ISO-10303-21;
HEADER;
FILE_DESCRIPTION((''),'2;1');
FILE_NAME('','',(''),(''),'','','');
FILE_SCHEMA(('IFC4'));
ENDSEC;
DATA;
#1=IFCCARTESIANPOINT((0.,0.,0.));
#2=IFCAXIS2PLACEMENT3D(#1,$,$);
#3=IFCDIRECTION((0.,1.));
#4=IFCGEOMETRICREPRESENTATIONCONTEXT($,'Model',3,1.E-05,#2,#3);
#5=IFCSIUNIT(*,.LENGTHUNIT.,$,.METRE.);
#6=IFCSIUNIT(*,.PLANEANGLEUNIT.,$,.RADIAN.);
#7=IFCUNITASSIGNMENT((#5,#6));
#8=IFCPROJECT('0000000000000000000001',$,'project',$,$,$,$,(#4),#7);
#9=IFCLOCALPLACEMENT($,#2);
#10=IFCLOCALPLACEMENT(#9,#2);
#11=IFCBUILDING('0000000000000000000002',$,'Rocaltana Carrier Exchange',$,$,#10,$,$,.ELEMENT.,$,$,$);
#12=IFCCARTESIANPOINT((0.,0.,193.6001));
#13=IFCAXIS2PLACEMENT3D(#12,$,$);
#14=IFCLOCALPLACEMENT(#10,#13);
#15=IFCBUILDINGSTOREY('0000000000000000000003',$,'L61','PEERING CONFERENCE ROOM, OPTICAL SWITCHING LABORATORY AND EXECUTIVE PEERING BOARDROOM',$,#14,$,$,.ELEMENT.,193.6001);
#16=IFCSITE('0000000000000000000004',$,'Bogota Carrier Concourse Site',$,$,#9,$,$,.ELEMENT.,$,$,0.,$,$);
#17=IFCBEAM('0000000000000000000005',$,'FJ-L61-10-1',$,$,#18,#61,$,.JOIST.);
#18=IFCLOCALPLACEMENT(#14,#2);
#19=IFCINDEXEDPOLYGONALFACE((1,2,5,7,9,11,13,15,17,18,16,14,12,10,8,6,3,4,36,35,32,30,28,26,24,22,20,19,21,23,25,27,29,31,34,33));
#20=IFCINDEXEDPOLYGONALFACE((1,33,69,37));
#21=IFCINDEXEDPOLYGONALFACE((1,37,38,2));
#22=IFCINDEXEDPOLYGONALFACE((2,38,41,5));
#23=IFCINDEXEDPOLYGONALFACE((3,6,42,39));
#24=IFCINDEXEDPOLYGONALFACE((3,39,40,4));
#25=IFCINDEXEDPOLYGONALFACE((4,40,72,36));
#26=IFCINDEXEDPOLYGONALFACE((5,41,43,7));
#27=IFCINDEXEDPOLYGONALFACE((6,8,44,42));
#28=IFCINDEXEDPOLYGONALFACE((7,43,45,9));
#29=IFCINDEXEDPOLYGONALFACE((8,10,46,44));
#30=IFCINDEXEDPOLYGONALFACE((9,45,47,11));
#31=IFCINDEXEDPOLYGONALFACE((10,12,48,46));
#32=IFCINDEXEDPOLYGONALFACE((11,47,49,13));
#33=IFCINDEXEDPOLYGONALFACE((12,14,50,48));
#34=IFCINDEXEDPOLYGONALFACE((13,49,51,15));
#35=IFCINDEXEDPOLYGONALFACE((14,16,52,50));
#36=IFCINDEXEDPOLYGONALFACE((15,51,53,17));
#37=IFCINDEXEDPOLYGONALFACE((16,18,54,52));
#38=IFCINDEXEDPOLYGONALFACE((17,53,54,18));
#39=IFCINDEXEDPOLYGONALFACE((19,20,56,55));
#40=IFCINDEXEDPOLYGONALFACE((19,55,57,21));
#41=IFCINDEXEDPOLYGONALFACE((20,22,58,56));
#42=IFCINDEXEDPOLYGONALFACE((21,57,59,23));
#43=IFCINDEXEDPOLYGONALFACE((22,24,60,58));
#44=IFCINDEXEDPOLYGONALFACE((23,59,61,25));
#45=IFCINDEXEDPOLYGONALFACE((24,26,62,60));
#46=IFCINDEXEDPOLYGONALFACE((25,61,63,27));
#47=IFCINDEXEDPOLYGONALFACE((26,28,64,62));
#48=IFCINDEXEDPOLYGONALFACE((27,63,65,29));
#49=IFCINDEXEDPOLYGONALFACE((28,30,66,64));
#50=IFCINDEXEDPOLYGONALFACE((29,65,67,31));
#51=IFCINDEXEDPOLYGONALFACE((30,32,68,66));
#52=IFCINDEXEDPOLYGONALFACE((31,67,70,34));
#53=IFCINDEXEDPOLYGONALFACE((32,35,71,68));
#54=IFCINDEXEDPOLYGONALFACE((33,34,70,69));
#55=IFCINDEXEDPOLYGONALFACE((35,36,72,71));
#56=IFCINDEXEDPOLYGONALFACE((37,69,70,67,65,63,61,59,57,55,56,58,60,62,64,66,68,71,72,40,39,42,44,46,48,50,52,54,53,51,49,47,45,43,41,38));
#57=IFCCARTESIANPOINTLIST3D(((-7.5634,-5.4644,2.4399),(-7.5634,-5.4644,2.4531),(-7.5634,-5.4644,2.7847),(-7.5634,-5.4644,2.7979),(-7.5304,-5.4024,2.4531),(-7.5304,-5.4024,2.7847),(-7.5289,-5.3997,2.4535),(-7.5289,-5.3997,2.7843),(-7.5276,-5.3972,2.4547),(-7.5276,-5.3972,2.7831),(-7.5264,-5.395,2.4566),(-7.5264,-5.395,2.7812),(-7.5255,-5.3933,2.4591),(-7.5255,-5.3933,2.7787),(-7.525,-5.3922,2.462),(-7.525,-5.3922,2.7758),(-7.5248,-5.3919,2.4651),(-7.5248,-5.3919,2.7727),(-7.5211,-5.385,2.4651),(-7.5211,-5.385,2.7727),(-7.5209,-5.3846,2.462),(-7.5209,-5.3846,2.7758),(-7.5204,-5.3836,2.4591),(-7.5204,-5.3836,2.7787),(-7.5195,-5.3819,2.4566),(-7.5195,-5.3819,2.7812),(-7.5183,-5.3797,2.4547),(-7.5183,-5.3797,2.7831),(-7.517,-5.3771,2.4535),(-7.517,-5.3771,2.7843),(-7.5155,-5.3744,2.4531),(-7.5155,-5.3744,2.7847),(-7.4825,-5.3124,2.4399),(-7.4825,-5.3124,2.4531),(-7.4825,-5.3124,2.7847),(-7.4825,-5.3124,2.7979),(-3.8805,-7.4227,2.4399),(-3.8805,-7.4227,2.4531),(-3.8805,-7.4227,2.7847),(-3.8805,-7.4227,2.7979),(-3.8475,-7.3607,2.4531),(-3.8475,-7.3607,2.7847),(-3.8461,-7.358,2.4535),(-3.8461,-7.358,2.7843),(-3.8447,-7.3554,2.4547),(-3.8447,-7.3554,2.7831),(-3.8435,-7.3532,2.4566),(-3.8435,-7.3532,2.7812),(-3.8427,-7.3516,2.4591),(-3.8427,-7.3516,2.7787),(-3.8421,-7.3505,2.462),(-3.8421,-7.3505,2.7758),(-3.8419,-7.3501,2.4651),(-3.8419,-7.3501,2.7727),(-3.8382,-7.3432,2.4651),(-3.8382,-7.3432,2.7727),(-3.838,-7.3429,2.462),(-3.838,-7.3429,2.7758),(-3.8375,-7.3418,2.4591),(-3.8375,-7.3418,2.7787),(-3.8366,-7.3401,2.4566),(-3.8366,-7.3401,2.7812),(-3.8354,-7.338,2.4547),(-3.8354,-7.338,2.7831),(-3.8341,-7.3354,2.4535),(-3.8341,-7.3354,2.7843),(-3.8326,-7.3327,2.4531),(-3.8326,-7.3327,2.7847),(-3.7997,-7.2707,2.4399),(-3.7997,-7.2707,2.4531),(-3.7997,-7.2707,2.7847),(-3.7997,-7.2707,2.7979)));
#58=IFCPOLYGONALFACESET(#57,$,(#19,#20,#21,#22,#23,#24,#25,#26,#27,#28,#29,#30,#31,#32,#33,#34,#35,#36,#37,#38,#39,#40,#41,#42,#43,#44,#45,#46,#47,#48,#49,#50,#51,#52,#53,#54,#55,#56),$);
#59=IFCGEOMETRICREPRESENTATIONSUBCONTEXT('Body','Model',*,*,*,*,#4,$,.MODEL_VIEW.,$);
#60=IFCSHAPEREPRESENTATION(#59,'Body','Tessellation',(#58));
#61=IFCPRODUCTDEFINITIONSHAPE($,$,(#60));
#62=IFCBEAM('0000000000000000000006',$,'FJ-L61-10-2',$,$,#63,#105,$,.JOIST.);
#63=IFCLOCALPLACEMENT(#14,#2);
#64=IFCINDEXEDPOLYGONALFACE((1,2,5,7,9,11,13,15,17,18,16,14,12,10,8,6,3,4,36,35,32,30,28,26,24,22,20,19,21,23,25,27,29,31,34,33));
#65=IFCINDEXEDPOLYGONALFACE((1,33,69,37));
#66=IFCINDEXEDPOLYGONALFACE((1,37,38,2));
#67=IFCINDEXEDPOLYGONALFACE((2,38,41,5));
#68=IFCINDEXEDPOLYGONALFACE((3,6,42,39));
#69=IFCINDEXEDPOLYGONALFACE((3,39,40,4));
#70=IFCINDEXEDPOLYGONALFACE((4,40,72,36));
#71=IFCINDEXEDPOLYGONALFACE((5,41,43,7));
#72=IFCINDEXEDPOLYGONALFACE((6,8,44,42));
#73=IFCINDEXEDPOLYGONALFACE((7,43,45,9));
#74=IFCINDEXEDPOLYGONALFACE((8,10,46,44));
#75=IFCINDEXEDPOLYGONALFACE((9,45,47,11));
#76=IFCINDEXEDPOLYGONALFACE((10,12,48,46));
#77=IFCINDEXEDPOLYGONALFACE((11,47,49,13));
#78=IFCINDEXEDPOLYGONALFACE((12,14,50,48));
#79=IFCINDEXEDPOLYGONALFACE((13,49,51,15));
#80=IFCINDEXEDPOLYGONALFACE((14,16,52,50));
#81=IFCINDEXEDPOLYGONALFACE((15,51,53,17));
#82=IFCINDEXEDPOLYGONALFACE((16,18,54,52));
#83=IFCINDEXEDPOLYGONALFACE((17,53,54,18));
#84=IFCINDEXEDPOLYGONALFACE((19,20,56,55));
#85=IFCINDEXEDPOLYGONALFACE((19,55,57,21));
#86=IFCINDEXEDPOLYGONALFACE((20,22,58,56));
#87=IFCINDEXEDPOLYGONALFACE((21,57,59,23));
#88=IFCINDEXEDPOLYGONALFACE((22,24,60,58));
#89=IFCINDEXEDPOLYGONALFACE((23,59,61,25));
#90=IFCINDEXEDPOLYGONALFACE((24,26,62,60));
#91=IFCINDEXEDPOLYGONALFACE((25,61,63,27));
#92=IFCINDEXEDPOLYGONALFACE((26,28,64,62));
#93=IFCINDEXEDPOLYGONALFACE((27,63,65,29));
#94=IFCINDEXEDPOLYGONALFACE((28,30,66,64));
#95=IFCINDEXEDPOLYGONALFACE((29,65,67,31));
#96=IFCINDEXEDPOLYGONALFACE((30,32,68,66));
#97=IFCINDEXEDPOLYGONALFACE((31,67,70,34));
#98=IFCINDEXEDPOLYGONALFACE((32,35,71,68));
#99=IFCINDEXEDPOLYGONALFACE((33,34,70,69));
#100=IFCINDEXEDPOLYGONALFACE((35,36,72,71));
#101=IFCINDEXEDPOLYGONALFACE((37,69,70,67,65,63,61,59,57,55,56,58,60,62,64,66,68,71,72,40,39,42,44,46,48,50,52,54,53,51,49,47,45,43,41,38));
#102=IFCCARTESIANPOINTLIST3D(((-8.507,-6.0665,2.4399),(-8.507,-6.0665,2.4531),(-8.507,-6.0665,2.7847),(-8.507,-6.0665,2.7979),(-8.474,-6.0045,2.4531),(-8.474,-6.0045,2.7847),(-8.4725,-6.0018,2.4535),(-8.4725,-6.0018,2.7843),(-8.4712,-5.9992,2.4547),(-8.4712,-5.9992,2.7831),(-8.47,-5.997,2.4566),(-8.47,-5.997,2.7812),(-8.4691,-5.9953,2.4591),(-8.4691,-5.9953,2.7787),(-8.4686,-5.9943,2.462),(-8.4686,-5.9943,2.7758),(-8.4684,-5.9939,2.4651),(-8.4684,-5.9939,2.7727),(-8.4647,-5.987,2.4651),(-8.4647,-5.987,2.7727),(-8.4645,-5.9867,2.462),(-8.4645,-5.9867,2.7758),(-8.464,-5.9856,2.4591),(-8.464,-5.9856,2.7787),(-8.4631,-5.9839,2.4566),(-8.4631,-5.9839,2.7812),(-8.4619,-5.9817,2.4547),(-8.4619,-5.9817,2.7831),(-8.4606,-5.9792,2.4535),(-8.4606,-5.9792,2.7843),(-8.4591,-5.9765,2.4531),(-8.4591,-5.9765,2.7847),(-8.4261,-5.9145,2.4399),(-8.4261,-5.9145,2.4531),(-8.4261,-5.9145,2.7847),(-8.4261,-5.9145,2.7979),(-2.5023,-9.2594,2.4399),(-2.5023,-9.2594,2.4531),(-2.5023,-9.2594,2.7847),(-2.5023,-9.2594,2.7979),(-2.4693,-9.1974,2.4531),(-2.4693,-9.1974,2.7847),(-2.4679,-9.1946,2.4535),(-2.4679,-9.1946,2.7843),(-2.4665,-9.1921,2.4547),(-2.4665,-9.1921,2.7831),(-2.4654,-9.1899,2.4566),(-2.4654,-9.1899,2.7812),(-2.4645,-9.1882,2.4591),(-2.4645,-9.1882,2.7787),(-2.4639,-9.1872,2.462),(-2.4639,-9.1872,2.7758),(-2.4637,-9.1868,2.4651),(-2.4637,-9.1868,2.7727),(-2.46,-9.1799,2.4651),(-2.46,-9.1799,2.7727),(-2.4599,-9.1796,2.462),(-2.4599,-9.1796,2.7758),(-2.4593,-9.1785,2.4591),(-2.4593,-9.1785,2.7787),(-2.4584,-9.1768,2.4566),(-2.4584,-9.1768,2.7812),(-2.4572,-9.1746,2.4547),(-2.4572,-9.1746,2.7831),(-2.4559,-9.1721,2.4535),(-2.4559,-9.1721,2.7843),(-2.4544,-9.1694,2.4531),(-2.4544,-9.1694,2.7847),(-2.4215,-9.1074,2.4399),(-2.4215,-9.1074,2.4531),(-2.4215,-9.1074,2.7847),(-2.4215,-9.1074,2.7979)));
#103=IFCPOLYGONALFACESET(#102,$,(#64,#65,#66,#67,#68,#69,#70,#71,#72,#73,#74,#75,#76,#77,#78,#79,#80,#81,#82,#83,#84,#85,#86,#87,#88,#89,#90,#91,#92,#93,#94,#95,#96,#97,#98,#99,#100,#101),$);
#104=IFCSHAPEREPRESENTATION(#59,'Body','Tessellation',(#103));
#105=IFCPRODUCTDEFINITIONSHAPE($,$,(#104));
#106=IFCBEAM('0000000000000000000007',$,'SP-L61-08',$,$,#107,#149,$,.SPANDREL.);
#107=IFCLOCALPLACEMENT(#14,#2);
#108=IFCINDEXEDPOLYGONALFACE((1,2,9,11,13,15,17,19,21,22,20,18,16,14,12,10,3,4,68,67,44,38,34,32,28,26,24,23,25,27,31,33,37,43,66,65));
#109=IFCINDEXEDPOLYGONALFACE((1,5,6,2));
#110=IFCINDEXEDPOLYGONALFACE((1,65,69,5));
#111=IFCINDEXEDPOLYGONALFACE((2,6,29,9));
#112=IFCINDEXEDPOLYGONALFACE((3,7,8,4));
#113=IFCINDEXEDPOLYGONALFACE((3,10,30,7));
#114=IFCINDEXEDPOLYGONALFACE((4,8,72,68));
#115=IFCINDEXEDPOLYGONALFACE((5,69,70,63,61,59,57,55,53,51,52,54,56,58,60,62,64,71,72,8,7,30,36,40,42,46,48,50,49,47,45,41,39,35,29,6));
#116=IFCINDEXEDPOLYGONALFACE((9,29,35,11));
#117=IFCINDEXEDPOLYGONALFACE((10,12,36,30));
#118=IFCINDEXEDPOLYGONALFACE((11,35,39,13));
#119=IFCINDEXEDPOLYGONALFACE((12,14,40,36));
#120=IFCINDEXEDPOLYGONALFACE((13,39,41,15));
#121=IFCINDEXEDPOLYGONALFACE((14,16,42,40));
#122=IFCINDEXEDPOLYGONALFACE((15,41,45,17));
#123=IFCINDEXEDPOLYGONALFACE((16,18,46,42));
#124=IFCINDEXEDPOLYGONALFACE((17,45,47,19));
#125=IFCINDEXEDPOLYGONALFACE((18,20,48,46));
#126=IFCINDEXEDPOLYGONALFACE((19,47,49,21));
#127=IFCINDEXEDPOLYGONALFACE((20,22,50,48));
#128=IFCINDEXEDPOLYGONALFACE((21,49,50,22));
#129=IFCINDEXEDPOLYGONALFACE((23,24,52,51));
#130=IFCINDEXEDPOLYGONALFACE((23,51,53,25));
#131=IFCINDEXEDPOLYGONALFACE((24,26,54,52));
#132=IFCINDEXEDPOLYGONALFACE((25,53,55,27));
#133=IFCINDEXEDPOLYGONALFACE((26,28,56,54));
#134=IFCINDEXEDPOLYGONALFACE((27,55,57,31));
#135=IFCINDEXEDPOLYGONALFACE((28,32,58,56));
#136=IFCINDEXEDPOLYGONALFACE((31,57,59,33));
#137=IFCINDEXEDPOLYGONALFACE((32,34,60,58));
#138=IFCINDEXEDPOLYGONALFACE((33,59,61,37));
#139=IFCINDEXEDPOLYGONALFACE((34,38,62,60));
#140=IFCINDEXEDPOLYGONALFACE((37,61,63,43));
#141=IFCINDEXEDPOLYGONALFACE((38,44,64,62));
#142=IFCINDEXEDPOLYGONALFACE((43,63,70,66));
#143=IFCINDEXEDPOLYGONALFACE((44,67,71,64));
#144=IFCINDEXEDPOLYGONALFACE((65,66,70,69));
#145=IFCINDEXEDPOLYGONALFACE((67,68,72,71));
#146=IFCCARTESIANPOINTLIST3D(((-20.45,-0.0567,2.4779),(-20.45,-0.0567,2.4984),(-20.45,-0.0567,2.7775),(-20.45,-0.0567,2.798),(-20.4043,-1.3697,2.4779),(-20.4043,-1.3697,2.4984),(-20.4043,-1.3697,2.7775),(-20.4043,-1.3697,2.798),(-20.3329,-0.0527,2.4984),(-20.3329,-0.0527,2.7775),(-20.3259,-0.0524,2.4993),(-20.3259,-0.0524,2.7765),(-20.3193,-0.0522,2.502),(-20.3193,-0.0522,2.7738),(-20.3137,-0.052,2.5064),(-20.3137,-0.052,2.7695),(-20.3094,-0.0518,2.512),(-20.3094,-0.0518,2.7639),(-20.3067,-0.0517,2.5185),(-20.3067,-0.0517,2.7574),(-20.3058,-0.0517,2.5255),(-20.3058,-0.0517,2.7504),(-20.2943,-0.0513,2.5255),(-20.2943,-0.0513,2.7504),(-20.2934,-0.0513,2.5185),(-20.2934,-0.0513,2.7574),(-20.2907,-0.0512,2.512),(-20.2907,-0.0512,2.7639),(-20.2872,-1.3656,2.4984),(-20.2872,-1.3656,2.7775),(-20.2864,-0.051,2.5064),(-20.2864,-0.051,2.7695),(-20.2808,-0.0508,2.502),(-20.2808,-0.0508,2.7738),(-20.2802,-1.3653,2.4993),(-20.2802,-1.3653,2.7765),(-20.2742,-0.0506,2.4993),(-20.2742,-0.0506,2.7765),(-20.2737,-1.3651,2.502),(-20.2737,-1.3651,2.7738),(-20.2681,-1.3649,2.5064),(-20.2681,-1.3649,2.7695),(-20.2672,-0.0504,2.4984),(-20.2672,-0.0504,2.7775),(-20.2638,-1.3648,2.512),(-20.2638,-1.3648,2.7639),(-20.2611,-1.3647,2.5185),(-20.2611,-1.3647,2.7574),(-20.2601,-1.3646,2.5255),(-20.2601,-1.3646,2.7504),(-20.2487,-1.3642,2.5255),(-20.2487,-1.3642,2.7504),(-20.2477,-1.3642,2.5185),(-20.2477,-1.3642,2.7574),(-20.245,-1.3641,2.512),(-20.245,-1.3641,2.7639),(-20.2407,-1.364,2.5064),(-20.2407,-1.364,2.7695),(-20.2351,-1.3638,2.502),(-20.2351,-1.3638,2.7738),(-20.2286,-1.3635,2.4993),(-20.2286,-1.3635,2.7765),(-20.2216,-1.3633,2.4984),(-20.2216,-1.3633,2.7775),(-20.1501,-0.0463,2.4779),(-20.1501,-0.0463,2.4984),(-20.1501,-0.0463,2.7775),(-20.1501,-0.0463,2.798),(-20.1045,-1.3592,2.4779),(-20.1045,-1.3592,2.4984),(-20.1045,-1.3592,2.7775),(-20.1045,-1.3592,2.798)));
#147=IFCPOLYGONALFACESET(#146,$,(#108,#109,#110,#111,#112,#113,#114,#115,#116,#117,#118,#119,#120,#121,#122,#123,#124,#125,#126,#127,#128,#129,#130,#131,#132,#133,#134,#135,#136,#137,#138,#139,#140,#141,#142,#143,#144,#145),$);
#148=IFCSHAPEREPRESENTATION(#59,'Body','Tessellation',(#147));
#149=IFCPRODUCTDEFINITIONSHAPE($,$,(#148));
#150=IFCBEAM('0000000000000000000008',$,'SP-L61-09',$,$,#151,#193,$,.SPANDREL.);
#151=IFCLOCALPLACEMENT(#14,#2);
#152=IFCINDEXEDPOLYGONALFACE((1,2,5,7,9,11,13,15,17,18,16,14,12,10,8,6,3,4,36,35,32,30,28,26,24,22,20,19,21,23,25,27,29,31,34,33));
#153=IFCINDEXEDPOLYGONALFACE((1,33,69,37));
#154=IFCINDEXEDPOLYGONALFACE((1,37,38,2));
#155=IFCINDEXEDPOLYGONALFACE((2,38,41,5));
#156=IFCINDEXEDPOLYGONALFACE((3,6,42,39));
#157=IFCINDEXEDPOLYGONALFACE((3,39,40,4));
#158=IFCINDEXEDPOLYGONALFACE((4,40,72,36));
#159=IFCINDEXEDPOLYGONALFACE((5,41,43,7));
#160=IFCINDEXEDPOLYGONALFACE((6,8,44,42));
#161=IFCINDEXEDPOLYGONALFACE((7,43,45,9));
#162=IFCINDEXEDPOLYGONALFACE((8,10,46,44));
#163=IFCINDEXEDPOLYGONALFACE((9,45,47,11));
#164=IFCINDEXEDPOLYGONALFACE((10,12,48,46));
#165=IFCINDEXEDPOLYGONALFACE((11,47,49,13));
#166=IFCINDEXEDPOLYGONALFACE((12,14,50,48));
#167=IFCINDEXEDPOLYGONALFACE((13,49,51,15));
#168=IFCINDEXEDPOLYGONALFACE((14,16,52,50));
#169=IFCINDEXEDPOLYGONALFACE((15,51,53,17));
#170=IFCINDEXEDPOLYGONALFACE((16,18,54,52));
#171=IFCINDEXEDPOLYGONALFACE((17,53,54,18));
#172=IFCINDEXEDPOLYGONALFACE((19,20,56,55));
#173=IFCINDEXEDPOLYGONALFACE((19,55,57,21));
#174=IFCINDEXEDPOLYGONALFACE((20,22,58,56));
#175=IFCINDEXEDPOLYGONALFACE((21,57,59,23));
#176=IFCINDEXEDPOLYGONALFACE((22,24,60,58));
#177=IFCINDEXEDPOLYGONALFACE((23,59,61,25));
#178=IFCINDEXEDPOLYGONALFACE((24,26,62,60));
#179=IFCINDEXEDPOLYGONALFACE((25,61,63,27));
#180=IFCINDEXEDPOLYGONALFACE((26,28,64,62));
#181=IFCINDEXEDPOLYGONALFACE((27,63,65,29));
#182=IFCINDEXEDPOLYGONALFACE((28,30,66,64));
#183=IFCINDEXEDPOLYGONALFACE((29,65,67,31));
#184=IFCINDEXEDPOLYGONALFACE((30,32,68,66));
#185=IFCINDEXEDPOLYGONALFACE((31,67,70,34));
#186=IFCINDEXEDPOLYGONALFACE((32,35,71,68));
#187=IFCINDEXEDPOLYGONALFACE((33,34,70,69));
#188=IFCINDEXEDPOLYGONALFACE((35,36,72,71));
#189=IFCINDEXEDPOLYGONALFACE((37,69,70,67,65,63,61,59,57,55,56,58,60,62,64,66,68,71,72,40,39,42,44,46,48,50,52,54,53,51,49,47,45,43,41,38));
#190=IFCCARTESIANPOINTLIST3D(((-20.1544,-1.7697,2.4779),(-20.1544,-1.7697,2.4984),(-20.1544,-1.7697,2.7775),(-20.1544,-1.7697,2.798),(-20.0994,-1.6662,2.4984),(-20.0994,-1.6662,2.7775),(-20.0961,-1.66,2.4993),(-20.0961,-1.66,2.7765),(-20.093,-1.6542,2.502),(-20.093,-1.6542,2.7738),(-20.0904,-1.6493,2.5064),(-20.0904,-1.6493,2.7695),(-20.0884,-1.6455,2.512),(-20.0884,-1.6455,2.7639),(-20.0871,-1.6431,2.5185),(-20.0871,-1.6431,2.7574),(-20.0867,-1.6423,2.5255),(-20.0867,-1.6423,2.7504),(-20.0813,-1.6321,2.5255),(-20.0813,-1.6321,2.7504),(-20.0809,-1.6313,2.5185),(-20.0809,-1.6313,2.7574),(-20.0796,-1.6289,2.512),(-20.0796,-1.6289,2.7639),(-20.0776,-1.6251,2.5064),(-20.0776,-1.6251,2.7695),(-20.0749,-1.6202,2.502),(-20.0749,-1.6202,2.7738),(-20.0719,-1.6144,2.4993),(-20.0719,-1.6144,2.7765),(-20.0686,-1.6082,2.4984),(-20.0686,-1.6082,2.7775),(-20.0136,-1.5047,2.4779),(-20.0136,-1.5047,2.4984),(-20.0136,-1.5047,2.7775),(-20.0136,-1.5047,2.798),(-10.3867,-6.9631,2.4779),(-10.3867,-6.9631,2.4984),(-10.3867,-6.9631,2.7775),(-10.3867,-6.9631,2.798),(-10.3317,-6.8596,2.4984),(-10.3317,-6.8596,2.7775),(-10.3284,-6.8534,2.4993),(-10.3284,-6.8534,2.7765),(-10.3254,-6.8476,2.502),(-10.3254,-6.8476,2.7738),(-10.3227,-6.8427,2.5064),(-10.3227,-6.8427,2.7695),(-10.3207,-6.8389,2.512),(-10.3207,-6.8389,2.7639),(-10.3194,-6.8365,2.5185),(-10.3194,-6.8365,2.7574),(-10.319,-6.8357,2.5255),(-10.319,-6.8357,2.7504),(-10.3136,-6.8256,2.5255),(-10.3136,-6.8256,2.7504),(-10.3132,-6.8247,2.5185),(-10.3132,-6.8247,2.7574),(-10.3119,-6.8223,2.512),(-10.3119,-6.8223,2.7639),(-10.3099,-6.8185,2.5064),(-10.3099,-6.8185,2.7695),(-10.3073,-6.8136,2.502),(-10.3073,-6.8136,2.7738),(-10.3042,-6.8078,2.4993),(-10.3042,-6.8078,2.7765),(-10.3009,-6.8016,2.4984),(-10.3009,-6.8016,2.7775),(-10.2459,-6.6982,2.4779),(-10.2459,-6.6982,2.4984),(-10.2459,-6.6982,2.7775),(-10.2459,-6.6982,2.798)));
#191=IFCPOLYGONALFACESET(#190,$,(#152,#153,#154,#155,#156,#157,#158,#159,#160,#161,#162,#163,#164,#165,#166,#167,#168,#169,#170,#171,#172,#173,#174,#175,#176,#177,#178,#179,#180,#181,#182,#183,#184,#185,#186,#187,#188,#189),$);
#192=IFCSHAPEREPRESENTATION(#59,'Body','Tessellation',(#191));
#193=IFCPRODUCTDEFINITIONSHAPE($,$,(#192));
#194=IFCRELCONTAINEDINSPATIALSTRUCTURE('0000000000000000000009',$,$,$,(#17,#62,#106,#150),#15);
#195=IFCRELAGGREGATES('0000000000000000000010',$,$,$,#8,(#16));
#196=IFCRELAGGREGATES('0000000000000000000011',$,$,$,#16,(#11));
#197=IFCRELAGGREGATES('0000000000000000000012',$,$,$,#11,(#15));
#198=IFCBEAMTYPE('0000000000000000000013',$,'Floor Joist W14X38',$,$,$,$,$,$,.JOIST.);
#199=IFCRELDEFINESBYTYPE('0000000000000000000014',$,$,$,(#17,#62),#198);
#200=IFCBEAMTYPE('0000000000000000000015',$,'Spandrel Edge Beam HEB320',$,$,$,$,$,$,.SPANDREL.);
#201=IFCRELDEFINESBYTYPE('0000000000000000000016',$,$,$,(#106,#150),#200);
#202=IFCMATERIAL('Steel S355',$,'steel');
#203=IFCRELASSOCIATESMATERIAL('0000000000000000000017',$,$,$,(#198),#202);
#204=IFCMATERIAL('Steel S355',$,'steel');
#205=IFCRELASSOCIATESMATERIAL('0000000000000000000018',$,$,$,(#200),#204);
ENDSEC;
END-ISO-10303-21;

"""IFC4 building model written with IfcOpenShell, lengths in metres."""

from ifc_helpers import new_model, si_unit, direction, frame, origin, origin_2d, place, context, subcontext, project, spatial, i_section, extrude, material, material_profile, profile_set, type_object, element, save


model = new_model("IFC4")

# Units and contexts
model_context = context("Model", 3, precision=1e-05, world=origin(), true_north=direction((0.0, 1.0)))
body_context = subcontext(model_context, "Body", "Model", "MODEL_VIEW")
ifc_project = project(units=[si_unit("LENGTHUNIT", "METRE"), si_unit("PLANEANGLEUNIT", "RADIAN")], contexts=[model_context])

# Site, building, storey
site_placement = place(None, origin())
site = spatial("IfcSite", under=ifc_project, at=site_placement, Name="Bogota Carrier Concourse Site", CompositionType="ELEMENT", RefElevation=0.0)
building_placement = place(site_placement, origin())
building = spatial("IfcBuilding", under=site, at=building_placement, Name="Rocaltana Carrier Exchange", CompositionType="ELEMENT")
storey_placement = place(building_placement, frame((0.0, 0.0, 193.6001)))
storey = spatial("IfcBuildingStorey", under=building, at=storey_placement, Name="L61", Description="PEERING CONFERENCE ROOM, OPTICAL SWITCHING LABORATORY AND EXECUTIVE PEERING BOARDROOM", CompositionType="ELEMENT", Elevation=193.6001)

# Beams
ifc_material_1 = material(Name="Steel S355", Category="steel")
ifc_material_profile_1 = material_profile(ifc_material_1, i_section(OverallWidth=0.1721, OverallDepth=0.3579, WebThickness=0.0078, FlangeThickness=0.0132, FilletRadius=0.012, at=origin_2d()), Name="W14X38")
ifc_profile_set_1 = profile_set([ifc_material_profile_1], Name="Steel S355")
beam_type_1 = type_object("IfcBeamType", Name="Floor Joist W14X38", PredefinedType="JOIST", material=ifc_profile_set_1)
beam_1_placement = place(storey_placement, frame((-7.5229, -5.3884, 2.6189), z_axis=(0.882944, -0.469479, 0.0), x_axis=(0.469479, 0.882944, 0.0)))
element("IfcBeam", 1, at=beam_1_placement, inside=storey, type_object=beam_type_1, Name="FJ-L61-10-1", PredefinedType="JOIST", context=body_context, shape_type="SweptSolid", body=[
    extrude(i_section(OverallWidth=0.1721, OverallDepth=0.3579, WebThickness=0.0078, FlangeThickness=0.0132, FilletRadius=0.012, at=origin_2d()), origin(), (0.0, 0.0, 1.0), 4.1711),
])
beam_2_placement = place(storey_placement, frame((-8.4666, -5.9905, 2.6189), z_axis=(0.882939, -0.469489, 0.0), x_axis=(0.469489, 0.882939, 0.0)))
element("IfcBeam", 2, at=beam_2_placement, inside=storey, type_object=beam_type_1, Name="FJ-L61-10-2", PredefinedType="JOIST", context=body_context, shape_type="SweptSolid", body=[
    extrude(i_section(OverallWidth=0.1721, OverallDepth=0.3579, WebThickness=0.0078, FlangeThickness=0.0132, FilletRadius=0.012, at=origin_2d()), origin(), (0.0, 0.0, 1.0), 6.8008),
])
ifc_material_2 = material(Name="Steel S355", Category="steel")
ifc_material_profile_2 = material_profile(ifc_material_2, i_section(OverallWidth=0.3, OverallDepth=0.3201, WebThickness=0.0115, FlangeThickness=0.0205, FilletRadius=0.0271, at=origin_2d()), Name="HEB320")
ifc_profile_set_2 = profile_set([ifc_material_profile_2], Name="Steel S355")
beam_type_2 = type_object("IfcBeamType", Name="Spandrel Edge Beam HEB320", PredefinedType="SPANDREL", material=ifc_profile_set_2)
beam_3_placement = place(storey_placement, frame((-20.3, -0.0515, 2.6379), z_axis=(0.03475, -0.999396, 0.0), x_axis=(0.999396, 0.03475, 0.0)))
element("IfcBeam", 3, at=beam_3_placement, inside=storey, type_object=beam_type_2, Name="SP-L61-08", PredefinedType="SPANDREL", context=body_context, shape_type="SweptSolid", body=[
    extrude(i_section(OverallWidth=0.3, OverallDepth=0.3201, WebThickness=0.0115, FlangeThickness=0.0205, FilletRadius=0.0271, at=origin_2d()), origin(), (0.0, 0.0, 1.0), 1.3137),
])
for number, where, z_axis, x_axis, name in (
    (4, (-20.084, -1.6372, 2.6379), (0.882953, -0.469461, 0.0), (0.469461, 0.882953, 0.0), "SP-L61-09"),
):
    element("IfcBeam", number, at=place(storey_placement, frame(where, z_axis=z_axis, x_axis=x_axis)), inside=storey, type_object=beam_type_2, Name=name, PredefinedType="SPANDREL", context=body_context, shape_type="SweptSolid", body=[
        extrude(i_section(OverallWidth=0.3, OverallDepth=0.3201, WebThickness=0.0115, FlangeThickness=0.0205, FilletRadius=0.0271, at=origin_2d()), origin(), (0.0, 0.0, 1.0), 11.0625),
    ])

save(model, "model.ifc")
